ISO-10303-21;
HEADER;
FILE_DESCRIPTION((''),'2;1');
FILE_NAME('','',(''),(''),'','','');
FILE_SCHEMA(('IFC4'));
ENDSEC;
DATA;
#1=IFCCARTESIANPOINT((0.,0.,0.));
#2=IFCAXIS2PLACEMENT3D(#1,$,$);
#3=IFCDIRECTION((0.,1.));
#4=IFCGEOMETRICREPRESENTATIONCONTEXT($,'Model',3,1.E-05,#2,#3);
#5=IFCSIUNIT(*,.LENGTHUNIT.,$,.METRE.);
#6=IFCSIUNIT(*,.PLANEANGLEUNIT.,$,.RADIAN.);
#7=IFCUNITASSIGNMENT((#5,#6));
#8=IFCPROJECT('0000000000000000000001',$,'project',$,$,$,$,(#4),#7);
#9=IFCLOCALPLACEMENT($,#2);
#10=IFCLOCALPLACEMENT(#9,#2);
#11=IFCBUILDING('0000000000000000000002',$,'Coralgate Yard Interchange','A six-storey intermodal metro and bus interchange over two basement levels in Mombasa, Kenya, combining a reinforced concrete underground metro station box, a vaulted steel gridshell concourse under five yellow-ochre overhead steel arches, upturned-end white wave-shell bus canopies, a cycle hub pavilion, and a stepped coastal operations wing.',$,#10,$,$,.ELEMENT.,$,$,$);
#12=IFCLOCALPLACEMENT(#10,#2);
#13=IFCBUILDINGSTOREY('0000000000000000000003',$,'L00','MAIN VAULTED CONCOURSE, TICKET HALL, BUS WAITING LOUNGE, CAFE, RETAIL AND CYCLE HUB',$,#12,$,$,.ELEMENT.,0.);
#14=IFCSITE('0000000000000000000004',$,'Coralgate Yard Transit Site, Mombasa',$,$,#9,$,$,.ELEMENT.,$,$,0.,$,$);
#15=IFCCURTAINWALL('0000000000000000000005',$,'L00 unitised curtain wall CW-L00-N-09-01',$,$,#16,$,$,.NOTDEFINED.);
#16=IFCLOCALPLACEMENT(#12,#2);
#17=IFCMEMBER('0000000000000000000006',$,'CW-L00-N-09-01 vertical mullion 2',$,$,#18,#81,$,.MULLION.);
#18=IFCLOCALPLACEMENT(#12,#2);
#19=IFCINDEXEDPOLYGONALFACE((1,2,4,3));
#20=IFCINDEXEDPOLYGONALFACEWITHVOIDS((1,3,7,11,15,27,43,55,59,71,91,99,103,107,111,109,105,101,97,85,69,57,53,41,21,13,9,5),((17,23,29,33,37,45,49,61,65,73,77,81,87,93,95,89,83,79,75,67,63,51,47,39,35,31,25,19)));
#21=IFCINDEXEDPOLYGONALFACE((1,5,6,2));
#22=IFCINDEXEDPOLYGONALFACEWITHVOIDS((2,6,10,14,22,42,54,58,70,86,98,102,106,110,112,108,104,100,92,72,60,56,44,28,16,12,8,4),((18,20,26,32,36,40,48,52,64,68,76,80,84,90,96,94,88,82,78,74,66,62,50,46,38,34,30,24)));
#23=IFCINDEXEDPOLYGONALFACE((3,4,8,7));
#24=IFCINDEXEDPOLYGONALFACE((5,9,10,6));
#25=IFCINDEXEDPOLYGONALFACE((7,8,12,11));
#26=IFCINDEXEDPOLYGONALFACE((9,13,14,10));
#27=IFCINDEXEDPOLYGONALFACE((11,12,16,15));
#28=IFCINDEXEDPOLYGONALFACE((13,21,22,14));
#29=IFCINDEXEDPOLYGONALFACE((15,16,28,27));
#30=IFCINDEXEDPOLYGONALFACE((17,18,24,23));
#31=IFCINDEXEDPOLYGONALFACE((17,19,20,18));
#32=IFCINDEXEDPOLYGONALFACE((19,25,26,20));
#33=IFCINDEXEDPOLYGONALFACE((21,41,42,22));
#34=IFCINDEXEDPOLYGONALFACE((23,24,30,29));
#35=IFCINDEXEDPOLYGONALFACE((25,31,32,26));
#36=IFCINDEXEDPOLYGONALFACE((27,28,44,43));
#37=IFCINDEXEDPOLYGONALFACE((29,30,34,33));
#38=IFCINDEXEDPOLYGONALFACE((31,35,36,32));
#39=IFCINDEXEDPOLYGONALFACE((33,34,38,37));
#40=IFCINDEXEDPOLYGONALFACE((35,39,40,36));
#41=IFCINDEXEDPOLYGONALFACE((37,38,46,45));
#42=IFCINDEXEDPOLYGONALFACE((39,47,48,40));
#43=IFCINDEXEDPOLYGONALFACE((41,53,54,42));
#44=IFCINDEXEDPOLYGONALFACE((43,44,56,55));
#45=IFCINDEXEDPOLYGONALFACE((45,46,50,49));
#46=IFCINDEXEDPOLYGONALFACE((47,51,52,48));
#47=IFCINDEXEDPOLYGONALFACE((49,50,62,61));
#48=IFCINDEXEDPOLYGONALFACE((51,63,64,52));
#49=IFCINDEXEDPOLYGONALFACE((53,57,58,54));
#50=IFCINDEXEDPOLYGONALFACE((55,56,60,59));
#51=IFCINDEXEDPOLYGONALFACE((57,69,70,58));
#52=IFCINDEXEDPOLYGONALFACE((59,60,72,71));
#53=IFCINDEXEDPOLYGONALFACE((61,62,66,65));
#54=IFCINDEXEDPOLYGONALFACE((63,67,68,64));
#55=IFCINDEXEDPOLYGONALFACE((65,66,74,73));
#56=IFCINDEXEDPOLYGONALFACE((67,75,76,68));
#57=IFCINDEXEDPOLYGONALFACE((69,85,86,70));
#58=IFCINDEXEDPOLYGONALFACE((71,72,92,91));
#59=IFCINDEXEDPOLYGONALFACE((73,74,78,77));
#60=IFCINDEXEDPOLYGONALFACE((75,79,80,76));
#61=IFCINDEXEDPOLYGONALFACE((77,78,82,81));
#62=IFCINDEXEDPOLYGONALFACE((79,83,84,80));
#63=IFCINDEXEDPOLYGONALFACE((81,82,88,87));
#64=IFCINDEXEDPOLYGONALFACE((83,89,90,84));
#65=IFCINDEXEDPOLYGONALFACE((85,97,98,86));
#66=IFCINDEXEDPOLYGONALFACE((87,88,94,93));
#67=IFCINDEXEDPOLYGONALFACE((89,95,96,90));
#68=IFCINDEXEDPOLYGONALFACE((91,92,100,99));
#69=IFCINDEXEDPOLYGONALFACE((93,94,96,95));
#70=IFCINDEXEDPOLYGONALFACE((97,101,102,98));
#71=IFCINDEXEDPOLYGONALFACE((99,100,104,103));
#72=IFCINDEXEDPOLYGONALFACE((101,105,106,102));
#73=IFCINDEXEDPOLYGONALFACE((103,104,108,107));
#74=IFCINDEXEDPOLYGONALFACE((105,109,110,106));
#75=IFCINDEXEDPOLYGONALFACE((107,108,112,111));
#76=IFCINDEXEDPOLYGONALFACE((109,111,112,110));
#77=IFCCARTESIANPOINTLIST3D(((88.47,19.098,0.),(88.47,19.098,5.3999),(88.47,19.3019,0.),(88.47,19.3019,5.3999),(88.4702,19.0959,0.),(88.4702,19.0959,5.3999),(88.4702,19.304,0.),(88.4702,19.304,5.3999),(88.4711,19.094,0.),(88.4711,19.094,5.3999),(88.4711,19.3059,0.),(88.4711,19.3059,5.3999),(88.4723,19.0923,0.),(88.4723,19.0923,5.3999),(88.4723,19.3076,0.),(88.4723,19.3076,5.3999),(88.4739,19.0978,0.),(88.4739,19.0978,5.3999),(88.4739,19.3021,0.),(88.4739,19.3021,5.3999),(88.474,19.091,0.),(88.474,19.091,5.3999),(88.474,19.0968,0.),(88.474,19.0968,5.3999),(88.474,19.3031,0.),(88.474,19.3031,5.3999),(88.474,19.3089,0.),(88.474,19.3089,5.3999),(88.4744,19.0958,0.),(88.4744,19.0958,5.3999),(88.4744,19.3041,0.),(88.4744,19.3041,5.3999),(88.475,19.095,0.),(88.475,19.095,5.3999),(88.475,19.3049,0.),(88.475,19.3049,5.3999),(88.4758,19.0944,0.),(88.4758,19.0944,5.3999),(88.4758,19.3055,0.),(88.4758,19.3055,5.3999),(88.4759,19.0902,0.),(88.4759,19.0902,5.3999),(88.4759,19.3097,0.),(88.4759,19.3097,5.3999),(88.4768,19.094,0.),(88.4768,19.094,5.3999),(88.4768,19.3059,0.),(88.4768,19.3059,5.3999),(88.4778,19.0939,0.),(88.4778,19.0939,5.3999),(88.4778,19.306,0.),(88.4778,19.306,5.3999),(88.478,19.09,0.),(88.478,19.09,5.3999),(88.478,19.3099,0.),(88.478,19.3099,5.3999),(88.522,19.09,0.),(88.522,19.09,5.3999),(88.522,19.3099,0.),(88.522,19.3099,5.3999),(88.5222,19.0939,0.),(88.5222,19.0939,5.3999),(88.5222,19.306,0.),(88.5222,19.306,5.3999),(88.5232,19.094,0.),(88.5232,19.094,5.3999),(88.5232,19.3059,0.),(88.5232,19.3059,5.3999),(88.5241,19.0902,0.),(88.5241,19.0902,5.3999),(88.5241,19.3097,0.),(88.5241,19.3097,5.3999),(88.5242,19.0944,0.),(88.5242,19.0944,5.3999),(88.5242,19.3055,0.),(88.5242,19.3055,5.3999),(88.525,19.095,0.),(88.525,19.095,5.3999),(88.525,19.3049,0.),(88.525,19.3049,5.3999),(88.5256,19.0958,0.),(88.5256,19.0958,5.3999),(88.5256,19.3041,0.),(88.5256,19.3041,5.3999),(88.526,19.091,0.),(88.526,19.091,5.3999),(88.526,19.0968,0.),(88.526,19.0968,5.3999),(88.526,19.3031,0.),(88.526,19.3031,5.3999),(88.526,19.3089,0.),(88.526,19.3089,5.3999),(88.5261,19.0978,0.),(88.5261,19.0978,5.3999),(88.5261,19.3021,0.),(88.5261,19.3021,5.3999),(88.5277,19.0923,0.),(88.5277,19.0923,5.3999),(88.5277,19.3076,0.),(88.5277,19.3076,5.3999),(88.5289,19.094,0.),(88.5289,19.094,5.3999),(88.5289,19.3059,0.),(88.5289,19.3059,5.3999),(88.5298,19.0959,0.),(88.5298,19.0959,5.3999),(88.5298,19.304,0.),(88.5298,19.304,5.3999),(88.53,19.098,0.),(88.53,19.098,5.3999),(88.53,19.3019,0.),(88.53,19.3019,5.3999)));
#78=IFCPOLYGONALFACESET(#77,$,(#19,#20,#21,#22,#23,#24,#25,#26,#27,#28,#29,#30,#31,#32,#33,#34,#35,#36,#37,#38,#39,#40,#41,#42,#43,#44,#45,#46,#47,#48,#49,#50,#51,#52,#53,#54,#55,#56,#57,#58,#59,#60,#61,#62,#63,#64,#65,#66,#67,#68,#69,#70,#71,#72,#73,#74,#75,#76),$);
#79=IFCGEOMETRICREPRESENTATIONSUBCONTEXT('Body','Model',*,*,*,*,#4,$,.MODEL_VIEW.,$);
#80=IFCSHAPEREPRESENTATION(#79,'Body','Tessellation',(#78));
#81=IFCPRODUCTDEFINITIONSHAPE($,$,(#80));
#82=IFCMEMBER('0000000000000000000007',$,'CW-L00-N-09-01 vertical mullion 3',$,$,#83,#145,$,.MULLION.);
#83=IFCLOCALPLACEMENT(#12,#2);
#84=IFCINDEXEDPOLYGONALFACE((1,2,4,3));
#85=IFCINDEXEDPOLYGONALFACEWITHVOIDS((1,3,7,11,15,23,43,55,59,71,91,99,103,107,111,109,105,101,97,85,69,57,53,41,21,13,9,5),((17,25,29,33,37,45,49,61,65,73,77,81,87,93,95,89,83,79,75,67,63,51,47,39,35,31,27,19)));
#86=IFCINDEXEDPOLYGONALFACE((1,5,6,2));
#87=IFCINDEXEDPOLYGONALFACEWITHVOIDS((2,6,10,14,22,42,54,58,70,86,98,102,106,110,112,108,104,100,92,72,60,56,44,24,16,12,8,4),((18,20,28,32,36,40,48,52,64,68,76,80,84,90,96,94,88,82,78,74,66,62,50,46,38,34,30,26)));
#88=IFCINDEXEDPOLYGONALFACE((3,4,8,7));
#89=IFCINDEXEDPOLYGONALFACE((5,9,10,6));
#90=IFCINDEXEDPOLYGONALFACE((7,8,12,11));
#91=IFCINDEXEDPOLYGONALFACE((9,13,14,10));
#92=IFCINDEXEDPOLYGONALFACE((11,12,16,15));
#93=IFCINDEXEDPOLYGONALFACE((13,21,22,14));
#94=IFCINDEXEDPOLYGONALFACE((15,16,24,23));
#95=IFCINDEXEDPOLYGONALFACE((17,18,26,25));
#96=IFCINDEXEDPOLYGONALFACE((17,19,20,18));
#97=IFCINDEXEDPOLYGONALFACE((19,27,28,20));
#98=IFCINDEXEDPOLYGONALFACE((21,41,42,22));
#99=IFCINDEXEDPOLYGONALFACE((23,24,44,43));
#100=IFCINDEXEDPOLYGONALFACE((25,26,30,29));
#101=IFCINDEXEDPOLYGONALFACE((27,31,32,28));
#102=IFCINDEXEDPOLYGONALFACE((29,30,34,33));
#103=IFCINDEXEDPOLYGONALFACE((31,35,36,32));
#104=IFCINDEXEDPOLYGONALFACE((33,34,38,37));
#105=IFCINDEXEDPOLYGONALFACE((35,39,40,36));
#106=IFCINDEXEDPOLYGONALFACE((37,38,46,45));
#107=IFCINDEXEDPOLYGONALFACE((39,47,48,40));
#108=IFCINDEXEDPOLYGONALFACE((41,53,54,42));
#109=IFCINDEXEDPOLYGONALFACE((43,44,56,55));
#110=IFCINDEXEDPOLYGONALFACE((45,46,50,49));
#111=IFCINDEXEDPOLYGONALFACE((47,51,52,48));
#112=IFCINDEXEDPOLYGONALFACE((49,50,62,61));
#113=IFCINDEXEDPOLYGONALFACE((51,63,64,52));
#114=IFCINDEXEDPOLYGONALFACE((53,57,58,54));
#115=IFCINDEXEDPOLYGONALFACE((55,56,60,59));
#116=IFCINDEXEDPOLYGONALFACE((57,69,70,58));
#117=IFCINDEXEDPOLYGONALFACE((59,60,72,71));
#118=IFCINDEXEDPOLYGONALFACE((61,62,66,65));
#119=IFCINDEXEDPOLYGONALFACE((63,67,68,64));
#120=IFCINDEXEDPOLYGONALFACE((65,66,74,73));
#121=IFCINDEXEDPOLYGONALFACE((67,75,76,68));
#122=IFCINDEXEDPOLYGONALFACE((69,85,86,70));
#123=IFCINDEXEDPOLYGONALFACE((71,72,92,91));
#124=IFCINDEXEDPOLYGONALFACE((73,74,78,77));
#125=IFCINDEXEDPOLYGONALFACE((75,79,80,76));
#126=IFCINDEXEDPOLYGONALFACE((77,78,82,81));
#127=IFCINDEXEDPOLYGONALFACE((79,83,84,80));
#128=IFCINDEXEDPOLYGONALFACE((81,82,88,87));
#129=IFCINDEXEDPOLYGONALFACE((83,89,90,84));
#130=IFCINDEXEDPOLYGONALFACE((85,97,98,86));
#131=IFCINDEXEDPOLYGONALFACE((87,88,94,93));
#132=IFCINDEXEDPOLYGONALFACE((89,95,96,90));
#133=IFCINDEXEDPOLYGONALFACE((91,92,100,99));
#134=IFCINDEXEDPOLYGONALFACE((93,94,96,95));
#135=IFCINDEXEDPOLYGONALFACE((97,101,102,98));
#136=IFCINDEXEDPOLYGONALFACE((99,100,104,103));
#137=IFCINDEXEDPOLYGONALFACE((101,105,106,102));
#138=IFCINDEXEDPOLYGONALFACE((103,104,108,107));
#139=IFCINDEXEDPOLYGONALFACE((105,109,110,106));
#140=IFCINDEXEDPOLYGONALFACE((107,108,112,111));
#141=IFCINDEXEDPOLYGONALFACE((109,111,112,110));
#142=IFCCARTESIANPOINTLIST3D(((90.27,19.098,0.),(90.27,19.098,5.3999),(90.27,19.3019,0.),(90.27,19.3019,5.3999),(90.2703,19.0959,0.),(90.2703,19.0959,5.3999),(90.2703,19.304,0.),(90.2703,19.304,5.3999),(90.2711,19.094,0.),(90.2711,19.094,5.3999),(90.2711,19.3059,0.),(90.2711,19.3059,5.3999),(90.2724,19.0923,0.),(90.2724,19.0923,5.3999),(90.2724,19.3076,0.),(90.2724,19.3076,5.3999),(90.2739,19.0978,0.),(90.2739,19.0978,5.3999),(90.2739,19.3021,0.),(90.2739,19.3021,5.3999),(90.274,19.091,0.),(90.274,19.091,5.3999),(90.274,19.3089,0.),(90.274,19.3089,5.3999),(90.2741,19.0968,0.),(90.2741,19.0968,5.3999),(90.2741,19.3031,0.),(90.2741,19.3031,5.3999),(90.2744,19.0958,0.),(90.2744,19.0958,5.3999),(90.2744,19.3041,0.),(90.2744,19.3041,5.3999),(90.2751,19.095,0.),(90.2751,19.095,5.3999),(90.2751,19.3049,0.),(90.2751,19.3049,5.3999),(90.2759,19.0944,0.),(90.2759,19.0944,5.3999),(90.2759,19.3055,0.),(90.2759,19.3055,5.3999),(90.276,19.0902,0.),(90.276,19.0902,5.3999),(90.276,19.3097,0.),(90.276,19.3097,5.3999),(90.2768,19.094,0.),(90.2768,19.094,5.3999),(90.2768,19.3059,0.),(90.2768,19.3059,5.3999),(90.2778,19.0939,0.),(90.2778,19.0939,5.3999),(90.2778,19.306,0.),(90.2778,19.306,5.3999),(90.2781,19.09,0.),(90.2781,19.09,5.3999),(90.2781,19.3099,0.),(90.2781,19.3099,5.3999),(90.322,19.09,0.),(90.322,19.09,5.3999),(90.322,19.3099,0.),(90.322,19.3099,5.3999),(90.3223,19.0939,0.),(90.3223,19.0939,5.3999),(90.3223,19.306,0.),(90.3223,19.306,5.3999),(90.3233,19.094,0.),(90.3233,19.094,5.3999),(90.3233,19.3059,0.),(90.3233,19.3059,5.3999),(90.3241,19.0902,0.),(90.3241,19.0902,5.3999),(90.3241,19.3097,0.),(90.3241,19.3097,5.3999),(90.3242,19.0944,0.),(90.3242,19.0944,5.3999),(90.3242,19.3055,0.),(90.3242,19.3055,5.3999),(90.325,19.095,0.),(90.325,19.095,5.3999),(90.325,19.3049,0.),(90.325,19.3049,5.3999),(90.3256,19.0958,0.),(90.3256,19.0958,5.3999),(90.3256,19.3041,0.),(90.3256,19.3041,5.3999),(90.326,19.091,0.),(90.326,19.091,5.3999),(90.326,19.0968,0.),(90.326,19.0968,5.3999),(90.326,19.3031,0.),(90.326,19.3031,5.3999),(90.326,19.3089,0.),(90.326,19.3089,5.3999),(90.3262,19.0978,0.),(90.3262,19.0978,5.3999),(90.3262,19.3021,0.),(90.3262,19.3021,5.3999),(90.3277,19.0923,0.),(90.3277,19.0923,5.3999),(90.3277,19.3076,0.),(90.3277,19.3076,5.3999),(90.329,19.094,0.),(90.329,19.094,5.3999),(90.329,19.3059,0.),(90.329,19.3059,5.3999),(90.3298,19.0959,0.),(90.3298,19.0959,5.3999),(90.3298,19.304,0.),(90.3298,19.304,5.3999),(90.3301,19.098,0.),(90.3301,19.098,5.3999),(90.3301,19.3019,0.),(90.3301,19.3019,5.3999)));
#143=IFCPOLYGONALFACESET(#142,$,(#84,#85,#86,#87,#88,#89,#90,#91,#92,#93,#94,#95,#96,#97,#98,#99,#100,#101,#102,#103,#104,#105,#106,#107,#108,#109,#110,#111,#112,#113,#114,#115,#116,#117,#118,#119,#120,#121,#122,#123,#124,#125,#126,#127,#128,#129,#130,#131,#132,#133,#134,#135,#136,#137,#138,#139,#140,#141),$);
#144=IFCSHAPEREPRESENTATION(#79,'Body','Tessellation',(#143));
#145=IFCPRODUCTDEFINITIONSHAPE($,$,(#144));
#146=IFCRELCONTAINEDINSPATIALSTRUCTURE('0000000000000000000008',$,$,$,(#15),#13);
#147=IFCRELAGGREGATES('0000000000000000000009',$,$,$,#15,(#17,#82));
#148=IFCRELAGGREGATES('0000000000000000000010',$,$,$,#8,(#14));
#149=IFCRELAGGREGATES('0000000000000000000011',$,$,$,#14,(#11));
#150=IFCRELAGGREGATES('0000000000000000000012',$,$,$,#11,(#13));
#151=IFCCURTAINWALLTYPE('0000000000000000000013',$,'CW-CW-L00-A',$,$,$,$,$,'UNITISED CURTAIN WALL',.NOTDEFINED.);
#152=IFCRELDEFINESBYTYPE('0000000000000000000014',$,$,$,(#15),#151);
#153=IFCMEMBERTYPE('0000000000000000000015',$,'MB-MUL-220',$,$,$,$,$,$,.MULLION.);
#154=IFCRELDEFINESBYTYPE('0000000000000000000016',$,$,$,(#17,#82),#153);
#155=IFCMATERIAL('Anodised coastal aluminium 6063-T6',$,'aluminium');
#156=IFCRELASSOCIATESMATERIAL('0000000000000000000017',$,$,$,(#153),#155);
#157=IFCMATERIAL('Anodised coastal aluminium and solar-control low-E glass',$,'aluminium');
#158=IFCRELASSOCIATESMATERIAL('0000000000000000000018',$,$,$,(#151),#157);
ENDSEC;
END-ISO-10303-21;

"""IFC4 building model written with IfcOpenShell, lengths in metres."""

from ifc_helpers import new_model, si_unit, direction, frame, origin, origin_2d, place, context, subcontext, project, spatial, hollow_rectangle, extrude, material, material_profile, profile_set, type_object, element, aggregate, save


model = new_model("IFC4")

# Units and contexts
model_context = context("Model", 3, precision=1e-05, world=origin(), true_north=direction((0.0, 1.0)))
body_context = subcontext(model_context, "Body", "Model", "MODEL_VIEW")
ifc_project = project(units=[si_unit("LENGTHUNIT", "METRE"), si_unit("PLANEANGLEUNIT", "RADIAN")], contexts=[model_context])

# Site, building, storey
site_placement = place(None, origin())
site = spatial("IfcSite", under=ifc_project, at=site_placement, Name="Coralgate Yard Transit Site, Mombasa", CompositionType="ELEMENT", RefElevation=0.0)
building_placement = place(site_placement, origin())
building = spatial("IfcBuilding", under=site, at=building_placement, Name="Coralgate Yard Interchange", Description="A six-storey intermodal metro and bus interchange over two basement levels in Mombasa, Kenya, combining a reinforced concrete underground metro station box, a vaulted steel gridshell concourse under five yellow-ochre overhead steel arches, upturned-end white wave-shell bus canopies, a cycle hub pavilion, and a stepped coastal operations wing.", CompositionType="ELEMENT")
storey_placement = place(building_placement, origin())
storey = spatial("IfcBuildingStorey", under=building, at=storey_placement, Name="L00", Description="MAIN VAULTED CONCOURSE, TICKET HALL, BUS WAITING LOUNGE, CAFE, RETAIL AND CYCLE HUB", CompositionType="ELEMENT", Elevation=0.0)

# Shared definitions
ifc_material_1 = material(Name="Anodised coastal aluminium and solar-control low-E glass", Category="aluminium")
ifc_material_2 = material(Name="Anodised coastal aluminium 6063-T6", Category="aluminium")
ifc_material_profile_1 = material_profile(ifc_material_2, hollow_rectangle(XDim=0.0601, YDim=0.22, WallThickness=0.0039, InnerFilletRadius=0.0039, OuterFilletRadius=0.0081, at=origin_2d()), Name="ALU 60x220x4")
ifc_profile_set_1 = profile_set([ifc_material_profile_1], Name="Anodised coastal aluminium 6063-T6")
member_type_1 = type_object("IfcMemberType", Name="MB-MUL-220", PredefinedType="MULLION", material=ifc_profile_set_1)

# Curtain wall, members
curtain_wall_type_1 = type_object("IfcCurtainWallType", Name="CW-CW-L00-A", ElementType="UNITISED CURTAIN WALL", PredefinedType="NOTDEFINED", material=ifc_material_1)
curtain_wall_1_placement = place(storey_placement, origin())
curtain_wall_1 = element("IfcCurtainWall", 1, at=curtain_wall_1_placement, inside=storey, type_object=curtain_wall_type_1, Name="L00 unitised curtain wall CW-L00-N-09-01", PredefinedType="NOTDEFINED")
member_1_placement = place(storey_placement, frame((88.5, 19.2, 0.0), z_axis=(0.0, 0.0, 1.0), x_axis=(1.0, 0.0, 0.0)))
member_1 = element("IfcMember", 2, at=member_1_placement, type_object=member_type_1, Name="CW-L00-N-09-01 vertical mullion 2", PredefinedType="MULLION", context=body_context, shape_type="SweptSolid", body=[
    extrude(hollow_rectangle(XDim=0.0601, YDim=0.22, WallThickness=0.0039, InnerFilletRadius=0.0039, OuterFilletRadius=0.0081, at=origin_2d()), origin(), (0.0, 0.0, 1.0), 5.3999),
])
member_2_placement = place(storey_placement, frame((90.3, 19.2, 0.0), z_axis=(0.0, 0.0, 1.0), x_axis=(1.0, 0.0, 0.0)))
member_2 = element("IfcMember", 3, at=member_2_placement, type_object=member_type_1, Name="CW-L00-N-09-01 vertical mullion 3", PredefinedType="MULLION", context=body_context, shape_type="SweptSolid", body=[
    extrude(hollow_rectangle(XDim=0.0601, YDim=0.22, WallThickness=0.0039, InnerFilletRadius=0.0039, OuterFilletRadius=0.0081, at=origin_2d()), origin(), (0.0, 0.0, 1.0), 5.3999),
])

aggregate(curtain_wall_1, [member_1, member_2])

save(model, "model.ifc")
